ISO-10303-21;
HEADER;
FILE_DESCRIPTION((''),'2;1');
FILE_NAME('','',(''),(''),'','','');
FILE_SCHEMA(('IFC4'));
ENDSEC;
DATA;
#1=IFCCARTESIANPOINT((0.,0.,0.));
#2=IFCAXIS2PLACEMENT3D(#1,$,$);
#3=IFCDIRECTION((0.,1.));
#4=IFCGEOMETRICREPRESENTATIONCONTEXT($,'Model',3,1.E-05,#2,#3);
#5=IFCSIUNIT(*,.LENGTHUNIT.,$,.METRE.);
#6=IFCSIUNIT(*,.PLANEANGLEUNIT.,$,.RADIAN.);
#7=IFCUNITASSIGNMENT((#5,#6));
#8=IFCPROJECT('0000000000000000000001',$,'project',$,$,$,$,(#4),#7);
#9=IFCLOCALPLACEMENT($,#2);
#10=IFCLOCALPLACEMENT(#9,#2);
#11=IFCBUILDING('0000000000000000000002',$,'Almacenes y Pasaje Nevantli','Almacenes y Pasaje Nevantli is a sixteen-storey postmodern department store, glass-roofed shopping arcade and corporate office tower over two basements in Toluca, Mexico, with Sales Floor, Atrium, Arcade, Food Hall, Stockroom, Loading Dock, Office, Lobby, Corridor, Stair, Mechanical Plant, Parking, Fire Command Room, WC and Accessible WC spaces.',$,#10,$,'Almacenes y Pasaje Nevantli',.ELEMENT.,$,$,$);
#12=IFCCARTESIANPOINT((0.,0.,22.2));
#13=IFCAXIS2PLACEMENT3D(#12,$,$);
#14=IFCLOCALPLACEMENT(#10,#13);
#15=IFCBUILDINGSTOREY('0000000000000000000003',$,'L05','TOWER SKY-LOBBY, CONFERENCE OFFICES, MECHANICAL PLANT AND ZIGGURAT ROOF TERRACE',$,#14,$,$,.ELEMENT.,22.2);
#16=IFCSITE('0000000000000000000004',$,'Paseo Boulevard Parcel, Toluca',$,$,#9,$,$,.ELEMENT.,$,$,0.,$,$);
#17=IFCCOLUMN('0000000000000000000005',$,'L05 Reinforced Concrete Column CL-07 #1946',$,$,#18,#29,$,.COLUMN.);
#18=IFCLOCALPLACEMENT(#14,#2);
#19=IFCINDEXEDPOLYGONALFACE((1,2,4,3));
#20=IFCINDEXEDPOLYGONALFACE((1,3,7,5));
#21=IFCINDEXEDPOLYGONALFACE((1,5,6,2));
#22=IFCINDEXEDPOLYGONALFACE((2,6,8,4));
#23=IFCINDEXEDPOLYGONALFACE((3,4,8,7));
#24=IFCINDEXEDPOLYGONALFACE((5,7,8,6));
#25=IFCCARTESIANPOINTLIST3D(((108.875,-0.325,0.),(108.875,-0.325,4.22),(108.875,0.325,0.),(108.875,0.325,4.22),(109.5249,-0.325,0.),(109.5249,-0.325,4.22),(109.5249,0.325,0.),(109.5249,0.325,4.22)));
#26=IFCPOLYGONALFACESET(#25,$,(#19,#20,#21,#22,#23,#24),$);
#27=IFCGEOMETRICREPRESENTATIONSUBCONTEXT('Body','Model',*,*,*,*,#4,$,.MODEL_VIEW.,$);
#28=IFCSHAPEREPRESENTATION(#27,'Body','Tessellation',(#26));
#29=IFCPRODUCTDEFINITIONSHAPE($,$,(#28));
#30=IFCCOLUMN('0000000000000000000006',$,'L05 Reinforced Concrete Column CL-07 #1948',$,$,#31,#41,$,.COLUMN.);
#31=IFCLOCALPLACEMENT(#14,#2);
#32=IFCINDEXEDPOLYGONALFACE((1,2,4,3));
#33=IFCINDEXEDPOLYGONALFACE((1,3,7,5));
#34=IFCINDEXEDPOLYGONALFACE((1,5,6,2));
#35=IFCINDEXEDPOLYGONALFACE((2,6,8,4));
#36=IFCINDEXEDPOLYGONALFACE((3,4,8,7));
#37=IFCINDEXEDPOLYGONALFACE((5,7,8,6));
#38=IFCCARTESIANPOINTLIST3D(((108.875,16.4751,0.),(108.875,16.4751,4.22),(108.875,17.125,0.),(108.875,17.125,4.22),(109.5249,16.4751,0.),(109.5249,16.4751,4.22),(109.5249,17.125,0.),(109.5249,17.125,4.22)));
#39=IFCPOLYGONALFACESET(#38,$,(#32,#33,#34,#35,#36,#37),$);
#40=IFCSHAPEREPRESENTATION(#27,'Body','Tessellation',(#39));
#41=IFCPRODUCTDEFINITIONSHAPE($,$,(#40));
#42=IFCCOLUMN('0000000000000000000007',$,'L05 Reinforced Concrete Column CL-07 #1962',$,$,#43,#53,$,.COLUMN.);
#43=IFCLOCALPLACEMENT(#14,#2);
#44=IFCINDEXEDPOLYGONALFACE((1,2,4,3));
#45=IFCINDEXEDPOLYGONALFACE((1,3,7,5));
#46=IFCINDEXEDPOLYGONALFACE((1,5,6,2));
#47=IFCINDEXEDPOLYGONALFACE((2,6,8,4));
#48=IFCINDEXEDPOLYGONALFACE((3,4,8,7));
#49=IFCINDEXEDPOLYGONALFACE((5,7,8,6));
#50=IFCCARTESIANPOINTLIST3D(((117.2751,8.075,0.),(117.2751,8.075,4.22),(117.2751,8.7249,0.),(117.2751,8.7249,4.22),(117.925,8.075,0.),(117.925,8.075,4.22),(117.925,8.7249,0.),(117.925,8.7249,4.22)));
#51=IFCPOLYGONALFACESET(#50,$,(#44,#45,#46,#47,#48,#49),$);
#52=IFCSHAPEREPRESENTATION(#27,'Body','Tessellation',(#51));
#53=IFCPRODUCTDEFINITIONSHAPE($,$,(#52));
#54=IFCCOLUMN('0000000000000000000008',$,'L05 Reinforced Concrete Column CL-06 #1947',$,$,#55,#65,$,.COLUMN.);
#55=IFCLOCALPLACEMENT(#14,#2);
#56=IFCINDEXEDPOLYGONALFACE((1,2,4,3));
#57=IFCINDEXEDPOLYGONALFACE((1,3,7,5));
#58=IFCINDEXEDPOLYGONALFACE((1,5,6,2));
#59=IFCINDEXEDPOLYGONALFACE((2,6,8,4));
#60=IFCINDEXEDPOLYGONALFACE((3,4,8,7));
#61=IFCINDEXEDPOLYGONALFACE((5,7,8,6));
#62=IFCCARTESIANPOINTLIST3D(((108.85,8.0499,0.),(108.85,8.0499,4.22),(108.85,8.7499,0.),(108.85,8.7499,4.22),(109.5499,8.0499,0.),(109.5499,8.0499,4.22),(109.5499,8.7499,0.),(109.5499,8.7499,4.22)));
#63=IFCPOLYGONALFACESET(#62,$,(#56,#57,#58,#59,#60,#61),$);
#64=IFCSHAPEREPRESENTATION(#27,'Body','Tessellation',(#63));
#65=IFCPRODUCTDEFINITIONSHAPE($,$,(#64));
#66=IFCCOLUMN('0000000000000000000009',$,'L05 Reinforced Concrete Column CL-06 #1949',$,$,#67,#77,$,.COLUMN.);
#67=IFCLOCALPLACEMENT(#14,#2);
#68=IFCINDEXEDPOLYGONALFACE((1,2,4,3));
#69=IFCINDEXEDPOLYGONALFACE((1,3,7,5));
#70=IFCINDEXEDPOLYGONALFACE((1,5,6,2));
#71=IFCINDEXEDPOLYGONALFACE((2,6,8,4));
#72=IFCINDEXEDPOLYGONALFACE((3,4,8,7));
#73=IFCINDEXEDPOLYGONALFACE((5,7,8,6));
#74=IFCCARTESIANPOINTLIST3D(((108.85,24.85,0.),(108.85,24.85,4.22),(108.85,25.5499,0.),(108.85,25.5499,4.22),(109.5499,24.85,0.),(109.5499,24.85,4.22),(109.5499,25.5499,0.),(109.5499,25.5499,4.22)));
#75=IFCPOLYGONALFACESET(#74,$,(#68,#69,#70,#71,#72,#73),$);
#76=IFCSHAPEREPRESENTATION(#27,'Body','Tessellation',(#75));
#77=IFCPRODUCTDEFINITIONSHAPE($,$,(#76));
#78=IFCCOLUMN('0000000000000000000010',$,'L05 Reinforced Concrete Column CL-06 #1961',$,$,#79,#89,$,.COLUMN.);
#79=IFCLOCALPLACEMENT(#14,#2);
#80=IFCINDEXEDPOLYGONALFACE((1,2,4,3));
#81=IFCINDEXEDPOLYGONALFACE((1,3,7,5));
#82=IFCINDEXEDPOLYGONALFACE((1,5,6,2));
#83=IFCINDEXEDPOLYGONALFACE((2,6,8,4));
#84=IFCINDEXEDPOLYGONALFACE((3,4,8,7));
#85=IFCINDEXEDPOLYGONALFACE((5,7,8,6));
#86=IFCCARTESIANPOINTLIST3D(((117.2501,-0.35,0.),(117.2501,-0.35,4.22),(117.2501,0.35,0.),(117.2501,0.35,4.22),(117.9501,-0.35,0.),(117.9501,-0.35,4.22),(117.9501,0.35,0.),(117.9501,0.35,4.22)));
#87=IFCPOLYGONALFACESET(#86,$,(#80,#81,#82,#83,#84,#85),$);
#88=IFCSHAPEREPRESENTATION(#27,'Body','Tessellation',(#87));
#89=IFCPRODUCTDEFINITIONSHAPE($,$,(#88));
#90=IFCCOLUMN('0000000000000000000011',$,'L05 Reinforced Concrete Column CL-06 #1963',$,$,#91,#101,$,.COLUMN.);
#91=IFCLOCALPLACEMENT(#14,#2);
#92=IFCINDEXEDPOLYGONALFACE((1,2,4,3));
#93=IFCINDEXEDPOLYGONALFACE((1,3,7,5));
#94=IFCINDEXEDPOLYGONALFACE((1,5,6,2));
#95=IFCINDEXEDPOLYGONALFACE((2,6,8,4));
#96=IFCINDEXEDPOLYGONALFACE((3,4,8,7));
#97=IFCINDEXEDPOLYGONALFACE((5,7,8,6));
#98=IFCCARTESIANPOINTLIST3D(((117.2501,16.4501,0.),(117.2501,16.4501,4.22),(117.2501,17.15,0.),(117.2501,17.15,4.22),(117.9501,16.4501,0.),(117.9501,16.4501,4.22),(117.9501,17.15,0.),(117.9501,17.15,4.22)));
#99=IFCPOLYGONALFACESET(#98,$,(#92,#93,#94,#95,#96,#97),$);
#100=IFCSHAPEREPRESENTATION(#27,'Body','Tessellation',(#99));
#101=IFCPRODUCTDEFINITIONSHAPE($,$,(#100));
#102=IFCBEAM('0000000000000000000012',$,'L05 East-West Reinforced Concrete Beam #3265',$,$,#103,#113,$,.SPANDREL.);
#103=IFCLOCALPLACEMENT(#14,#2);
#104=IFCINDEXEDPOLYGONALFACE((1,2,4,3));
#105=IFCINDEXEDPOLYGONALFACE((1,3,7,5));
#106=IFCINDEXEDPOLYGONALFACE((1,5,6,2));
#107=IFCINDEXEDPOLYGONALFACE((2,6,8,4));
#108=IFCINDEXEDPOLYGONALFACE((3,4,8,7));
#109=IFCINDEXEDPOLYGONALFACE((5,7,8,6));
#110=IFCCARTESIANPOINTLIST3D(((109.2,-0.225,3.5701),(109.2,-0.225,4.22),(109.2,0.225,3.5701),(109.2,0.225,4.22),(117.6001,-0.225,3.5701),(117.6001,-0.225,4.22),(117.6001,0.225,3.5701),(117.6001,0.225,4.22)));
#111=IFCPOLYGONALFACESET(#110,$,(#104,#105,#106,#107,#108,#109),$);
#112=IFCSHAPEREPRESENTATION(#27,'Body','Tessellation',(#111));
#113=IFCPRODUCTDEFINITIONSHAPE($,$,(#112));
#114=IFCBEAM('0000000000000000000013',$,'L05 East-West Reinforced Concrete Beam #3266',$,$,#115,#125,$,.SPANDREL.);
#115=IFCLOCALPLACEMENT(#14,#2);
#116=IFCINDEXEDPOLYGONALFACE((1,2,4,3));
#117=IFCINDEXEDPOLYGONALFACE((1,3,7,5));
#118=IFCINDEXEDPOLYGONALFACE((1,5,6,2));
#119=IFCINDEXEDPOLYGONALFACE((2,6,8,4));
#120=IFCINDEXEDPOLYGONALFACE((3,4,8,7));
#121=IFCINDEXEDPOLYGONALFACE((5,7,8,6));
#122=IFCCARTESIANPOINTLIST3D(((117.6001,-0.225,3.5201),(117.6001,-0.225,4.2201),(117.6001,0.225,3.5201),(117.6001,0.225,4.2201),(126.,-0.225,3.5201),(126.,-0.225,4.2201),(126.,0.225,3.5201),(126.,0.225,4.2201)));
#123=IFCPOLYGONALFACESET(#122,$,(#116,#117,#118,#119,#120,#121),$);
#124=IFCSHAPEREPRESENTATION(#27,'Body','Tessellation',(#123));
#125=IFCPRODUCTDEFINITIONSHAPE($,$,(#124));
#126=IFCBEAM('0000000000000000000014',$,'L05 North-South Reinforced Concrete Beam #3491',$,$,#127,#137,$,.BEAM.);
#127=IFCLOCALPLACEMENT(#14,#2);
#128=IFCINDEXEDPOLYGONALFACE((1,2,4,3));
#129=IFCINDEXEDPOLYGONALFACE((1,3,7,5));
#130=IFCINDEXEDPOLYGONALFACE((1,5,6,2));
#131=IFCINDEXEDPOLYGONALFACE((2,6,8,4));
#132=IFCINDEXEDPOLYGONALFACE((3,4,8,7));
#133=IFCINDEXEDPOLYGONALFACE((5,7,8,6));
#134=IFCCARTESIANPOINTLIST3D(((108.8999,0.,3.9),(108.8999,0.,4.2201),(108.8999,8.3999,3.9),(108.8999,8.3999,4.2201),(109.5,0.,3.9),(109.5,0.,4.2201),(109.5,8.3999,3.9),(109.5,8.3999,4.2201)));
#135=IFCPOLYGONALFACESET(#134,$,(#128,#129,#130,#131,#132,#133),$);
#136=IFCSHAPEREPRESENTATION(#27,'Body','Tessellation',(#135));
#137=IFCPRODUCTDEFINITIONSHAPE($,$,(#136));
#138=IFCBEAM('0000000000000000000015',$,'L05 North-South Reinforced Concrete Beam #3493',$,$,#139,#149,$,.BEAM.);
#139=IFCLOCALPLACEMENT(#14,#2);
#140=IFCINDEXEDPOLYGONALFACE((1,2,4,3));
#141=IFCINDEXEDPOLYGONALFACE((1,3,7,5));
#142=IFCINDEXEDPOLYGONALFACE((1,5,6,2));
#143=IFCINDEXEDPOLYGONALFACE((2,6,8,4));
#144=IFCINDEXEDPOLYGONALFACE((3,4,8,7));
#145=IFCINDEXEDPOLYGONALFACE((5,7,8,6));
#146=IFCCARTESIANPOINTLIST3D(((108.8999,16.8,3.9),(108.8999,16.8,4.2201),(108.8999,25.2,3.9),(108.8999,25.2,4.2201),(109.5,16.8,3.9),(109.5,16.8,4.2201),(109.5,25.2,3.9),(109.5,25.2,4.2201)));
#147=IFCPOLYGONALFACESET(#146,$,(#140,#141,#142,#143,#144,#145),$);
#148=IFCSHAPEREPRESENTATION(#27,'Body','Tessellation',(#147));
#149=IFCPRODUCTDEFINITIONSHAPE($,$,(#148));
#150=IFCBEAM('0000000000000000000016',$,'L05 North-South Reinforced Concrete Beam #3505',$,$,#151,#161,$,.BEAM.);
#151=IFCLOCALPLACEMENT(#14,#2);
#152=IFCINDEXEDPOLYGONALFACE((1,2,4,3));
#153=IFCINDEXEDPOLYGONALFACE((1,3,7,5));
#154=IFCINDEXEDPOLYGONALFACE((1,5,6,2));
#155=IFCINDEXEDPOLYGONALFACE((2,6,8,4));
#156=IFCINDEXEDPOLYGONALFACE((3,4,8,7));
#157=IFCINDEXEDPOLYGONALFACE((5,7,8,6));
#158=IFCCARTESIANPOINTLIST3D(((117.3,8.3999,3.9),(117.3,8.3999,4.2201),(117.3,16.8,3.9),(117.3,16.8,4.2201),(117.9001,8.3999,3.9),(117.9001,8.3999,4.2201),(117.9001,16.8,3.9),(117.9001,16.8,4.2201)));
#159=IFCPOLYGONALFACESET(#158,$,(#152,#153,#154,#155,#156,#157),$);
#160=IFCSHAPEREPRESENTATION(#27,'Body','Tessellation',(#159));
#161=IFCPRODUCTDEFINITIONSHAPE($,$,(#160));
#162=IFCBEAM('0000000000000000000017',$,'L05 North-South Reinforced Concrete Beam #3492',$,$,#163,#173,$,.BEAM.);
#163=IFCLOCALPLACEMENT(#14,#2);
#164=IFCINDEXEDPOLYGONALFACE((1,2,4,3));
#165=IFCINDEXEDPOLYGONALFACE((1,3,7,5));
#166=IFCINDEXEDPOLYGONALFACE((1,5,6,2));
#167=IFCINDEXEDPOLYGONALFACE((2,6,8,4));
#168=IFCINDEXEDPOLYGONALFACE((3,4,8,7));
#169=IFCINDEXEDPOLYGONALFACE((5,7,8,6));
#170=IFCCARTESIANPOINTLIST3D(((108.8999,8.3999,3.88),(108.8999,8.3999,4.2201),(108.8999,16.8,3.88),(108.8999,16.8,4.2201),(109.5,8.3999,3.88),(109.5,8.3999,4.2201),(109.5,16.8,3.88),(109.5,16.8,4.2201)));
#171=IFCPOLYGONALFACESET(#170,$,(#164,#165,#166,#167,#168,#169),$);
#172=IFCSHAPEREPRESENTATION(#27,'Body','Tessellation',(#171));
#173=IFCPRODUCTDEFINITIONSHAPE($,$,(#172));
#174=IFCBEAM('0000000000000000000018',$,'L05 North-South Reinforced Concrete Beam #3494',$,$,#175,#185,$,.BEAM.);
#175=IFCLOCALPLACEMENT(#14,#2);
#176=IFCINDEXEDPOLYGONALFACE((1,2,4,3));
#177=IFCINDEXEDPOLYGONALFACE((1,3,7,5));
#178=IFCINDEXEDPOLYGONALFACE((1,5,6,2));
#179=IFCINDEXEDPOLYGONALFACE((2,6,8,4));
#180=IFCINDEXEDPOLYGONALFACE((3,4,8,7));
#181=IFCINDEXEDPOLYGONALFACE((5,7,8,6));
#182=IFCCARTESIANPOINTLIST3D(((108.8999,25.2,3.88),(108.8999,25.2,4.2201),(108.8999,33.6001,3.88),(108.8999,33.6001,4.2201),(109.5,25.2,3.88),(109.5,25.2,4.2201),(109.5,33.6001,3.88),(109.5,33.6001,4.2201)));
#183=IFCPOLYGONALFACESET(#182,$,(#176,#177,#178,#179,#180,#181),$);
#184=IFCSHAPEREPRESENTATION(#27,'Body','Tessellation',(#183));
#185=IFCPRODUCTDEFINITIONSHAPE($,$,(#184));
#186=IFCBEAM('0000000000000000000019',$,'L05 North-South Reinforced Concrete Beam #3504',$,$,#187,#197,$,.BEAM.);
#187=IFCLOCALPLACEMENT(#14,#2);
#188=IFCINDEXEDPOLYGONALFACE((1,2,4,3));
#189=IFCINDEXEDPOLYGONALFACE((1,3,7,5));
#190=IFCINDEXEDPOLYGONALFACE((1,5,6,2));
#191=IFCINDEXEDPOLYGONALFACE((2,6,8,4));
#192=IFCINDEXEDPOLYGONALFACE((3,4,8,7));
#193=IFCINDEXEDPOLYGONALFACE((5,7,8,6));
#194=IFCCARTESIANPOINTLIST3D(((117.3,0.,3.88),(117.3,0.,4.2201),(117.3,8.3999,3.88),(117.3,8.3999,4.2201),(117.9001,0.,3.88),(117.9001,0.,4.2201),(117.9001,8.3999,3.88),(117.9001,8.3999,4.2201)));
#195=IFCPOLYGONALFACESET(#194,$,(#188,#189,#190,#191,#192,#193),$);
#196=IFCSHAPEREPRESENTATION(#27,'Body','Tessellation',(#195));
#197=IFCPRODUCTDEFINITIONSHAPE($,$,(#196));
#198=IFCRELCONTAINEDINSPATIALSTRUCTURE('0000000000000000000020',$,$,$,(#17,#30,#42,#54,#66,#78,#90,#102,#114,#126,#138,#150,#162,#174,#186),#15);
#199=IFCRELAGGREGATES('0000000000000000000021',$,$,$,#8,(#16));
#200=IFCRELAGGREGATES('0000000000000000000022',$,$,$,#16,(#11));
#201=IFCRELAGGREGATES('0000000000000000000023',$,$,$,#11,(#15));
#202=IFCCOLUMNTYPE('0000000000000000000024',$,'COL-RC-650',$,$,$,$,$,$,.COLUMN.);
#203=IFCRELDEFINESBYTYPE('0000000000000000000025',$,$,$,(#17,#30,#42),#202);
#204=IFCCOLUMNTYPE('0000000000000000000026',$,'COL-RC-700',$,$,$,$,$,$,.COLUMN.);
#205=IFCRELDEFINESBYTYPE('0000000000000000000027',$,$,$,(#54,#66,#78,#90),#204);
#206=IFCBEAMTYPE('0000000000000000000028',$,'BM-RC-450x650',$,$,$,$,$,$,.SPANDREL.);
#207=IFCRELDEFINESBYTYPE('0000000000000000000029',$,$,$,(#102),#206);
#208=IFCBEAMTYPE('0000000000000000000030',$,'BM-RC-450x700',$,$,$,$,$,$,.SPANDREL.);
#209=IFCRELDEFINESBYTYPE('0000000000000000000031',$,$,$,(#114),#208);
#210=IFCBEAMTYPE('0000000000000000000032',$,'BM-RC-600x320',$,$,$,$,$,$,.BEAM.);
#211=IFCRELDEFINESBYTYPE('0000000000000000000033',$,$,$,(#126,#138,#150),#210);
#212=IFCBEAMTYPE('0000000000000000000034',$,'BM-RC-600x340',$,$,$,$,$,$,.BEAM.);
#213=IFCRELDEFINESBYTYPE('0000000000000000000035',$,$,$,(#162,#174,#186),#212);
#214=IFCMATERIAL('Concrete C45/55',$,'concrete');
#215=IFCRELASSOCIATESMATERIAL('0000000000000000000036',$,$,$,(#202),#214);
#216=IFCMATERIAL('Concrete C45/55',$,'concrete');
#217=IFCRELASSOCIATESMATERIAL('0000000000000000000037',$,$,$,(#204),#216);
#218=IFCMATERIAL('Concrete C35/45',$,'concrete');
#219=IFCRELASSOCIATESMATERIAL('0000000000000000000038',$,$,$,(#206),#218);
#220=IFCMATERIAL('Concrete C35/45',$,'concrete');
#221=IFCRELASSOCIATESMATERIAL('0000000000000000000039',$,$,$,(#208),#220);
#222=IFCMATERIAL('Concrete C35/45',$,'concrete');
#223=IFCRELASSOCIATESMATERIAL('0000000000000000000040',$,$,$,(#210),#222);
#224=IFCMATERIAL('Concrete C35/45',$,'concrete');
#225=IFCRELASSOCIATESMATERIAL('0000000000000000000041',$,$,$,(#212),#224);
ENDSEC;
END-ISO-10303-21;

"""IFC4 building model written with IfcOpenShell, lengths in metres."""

from ifc_helpers import new_model, si_unit, direction, frame, origin, origin_2d, place, context, subcontext, project, spatial, rectangle, extrude, material, material_profile, profile_set, type_object, element, save


model = new_model("IFC4")

# Units and contexts
model_context = context("Model", 3, precision=1e-05, world=origin(), true_north=direction((0.0, 1.0)))
body_context = subcontext(model_context, "Body", "Model", "MODEL_VIEW")
ifc_project = project(units=[si_unit("LENGTHUNIT", "METRE"), si_unit("PLANEANGLEUNIT", "RADIAN")], contexts=[model_context])

# Site, building, storey
site_placement = place(None, origin())
site = spatial("IfcSite", under=ifc_project, at=site_placement, Name="Paseo Boulevard Parcel, Toluca", CompositionType="ELEMENT", RefElevation=0.0)
building_placement = place(site_placement, origin())
building = spatial("IfcBuilding", under=site, at=building_placement, Name="Almacenes y Pasaje Nevantli", Description="Almacenes y Pasaje Nevantli is a sixteen-storey postmodern department store, glass-roofed shopping arcade and corporate office tower over two basements in Toluca, Mexico, with Sales Floor, Atrium, Arcade, Food Hall, Stockroom, Loading Dock, Office, Lobby, Corridor, Stair, Mechanical Plant, Parking, Fire Command Room, WC and Accessible WC spaces.", LongName="Almacenes y Pasaje Nevantli", CompositionType="ELEMENT")
storey_placement = place(building_placement, frame((0.0, 0.0, 22.2)))
storey = spatial("IfcBuildingStorey", under=building, at=storey_placement, Name="L05", Description="TOWER SKY-LOBBY, CONFERENCE OFFICES, MECHANICAL PLANT AND ZIGGURAT ROOF TERRACE", CompositionType="ELEMENT", Elevation=22.2)

# Columns
ifc_material_1 = material(Name="Concrete C45/55", Category="concrete")
ifc_material_profile_1 = material_profile(ifc_material_1, rectangle(XDim=0.6499, YDim=0.6499, at=origin_2d()), Name="RC-COL-650x650")
ifc_profile_set_1 = profile_set([ifc_material_profile_1], Name="Concrete C45/55")
column_type_1 = type_object("IfcColumnType", Name="COL-RC-650", PredefinedType="COLUMN", material=ifc_profile_set_1)
for number, where, z_axis, x_axis, name in (
    (1, (109.2, 0.0, 0.0), (0.0, 0.0, 1.0), (1.0, 0.0, 0.0), "L05 Reinforced Concrete Column CL-07 #1946"),
    (2, (109.2, 16.8, 0.0), (0.0, 0.0, 1.0), (1.0, 0.0, 0.0), "L05 Reinforced Concrete Column CL-07 #1948"),
    (3, (117.6001, 8.3999, 0.0), (0.0, 0.0, 1.0), (1.0, 0.0, 0.0), "L05 Reinforced Concrete Column CL-07 #1962"),
):
    element("IfcColumn", number, at=place(storey_placement, frame(where, z_axis=z_axis, x_axis=x_axis)), inside=storey, type_object=column_type_1, Name=name, PredefinedType="COLUMN", context=body_context, shape_type="SweptSolid", body=[
        extrude(rectangle(XDim=0.6499, YDim=0.6499, at=origin_2d()), origin(), (0.0, 0.0, 1.0), 4.22),
    ])
ifc_material_2 = material(Name="Concrete C45/55", Category="concrete")
ifc_material_profile_2 = material_profile(ifc_material_2, rectangle(XDim=0.7, YDim=0.7, at=origin_2d()), Name="RC-COL-700x700")
ifc_profile_set_2 = profile_set([ifc_material_profile_2], Name="Concrete C45/55")
column_type_2 = type_object("IfcColumnType", Name="COL-RC-700", PredefinedType="COLUMN", material=ifc_profile_set_2)
for number, where, z_axis, x_axis, name in (
    (4, (109.2, 8.3999, 0.0), (0.0, 0.0, 1.0), (1.0, 0.0, 0.0), "L05 Reinforced Concrete Column CL-06 #1947"),
    (5, (109.2, 25.2, 0.0), (0.0, 0.0, 1.0), (1.0, 0.0, 0.0), "L05 Reinforced Concrete Column CL-06 #1949"),
    (6, (117.6001, 0.0, 0.0), (0.0, 0.0, 1.0), (1.0, 0.0, 0.0), "L05 Reinforced Concrete Column CL-06 #1961"),
    (7, (117.6001, 16.8, 0.0), (0.0, 0.0, 1.0), (1.0, 0.0, 0.0), "L05 Reinforced Concrete Column CL-06 #1963"),
):
    element("IfcColumn", number, at=place(storey_placement, frame(where, z_axis=z_axis, x_axis=x_axis)), inside=storey, type_object=column_type_2, Name=name, PredefinedType="COLUMN", context=body_context, shape_type="SweptSolid", body=[
        extrude(rectangle(XDim=0.7, YDim=0.7, at=origin_2d()), origin(), (0.0, 0.0, 1.0), 4.22),
    ])

# Beams
ifc_material_3 = material(Name="Concrete C35/45", Category="concrete")
ifc_material_profile_3 = material_profile(ifc_material_3, rectangle(XDim=0.45, YDim=0.6499, at=origin_2d()), Name="RC-BM-450x650")
ifc_profile_set_3 = profile_set([ifc_material_profile_3], Name="Concrete C35/45")
beam_type_1 = type_object("IfcBeamType", Name="BM-RC-450x650", PredefinedType="SPANDREL", material=ifc_profile_set_3)
beam_1_placement = place(storey_placement, frame((109.2, 0.0, 3.895), z_axis=(1.0, 0.0, 0.0), x_axis=(0.0, 1.0, 0.0)))
element("IfcBeam", 8, at=beam_1_placement, inside=storey, type_object=beam_type_1, Name="L05 East-West Reinforced Concrete Beam #3265", PredefinedType="SPANDREL", context=body_context, shape_type="SweptSolid", body=[
    extrude(rectangle(XDim=0.45, YDim=0.6499, at=origin_2d()), origin(), (0.0, 0.0, 1.0), 8.4001),
])
ifc_material_4 = material(Name="Concrete C35/45", Category="concrete")
ifc_material_profile_4 = material_profile(ifc_material_4, rectangle(XDim=0.45, YDim=0.7, at=origin_2d()), Name="RC-BM-450x700")
ifc_profile_set_4 = profile_set([ifc_material_profile_4], Name="Concrete C35/45")
beam_type_2 = type_object("IfcBeamType", Name="BM-RC-450x700", PredefinedType="SPANDREL", material=ifc_profile_set_4)
beam_2_placement = place(storey_placement, frame((117.6001, 0.0, 3.8701), z_axis=(1.0, 0.0, 0.0), x_axis=(0.0, 1.0, 0.0)))
element("IfcBeam", 9, at=beam_2_placement, inside=storey, type_object=beam_type_2, Name="L05 East-West Reinforced Concrete Beam #3266", PredefinedType="SPANDREL", context=body_context, shape_type="SweptSolid", body=[
    extrude(rectangle(XDim=0.45, YDim=0.7, at=origin_2d()), origin(), (0.0, 0.0, 1.0), 8.3999),
])
ifc_material_5 = material(Name="Concrete C35/45", Category="concrete")
ifc_material_profile_5 = material_profile(ifc_material_5, rectangle(XDim=0.6001, YDim=0.3201, at=origin_2d()), Name="RC-BM-600x320")
ifc_profile_set_5 = profile_set([ifc_material_profile_5], Name="Concrete C35/45")
beam_type_3 = type_object("IfcBeamType", Name="BM-RC-600x320", PredefinedType="BEAM", material=ifc_profile_set_5)
for number, where, z_axis, x_axis, name in (
    (10, (109.2, 0.0, 4.0601), (0.0, 1.0, 0.0), (-1.0, 0.0, 0.0), "L05 North-South Reinforced Concrete Beam #3491"),
    (11, (109.2, 16.8, 4.0601), (0.0, 1.0, 0.0), (-1.0, 0.0, 0.0), "L05 North-South Reinforced Concrete Beam #3493"),
):
    element("IfcBeam", number, at=place(storey_placement, frame(where, z_axis=z_axis, x_axis=x_axis)), inside=storey, type_object=beam_type_3, Name=name, PredefinedType="BEAM", context=body_context, shape_type="SweptSolid", body=[
        extrude(rectangle(XDim=0.6001, YDim=0.3201, at=origin_2d()), origin(), (0.0, 0.0, 1.0), 8.3999),
    ])
beam_3_placement = place(storey_placement, frame((117.6001, 8.3999, 4.0601), z_axis=(0.0, 1.0, 0.0), x_axis=(-1.0, 0.0, 0.0)))
element("IfcBeam", 12, at=beam_3_placement, inside=storey, type_object=beam_type_3, Name="L05 North-South Reinforced Concrete Beam #3505", PredefinedType="BEAM", context=body_context, shape_type="SweptSolid", body=[
    extrude(rectangle(XDim=0.6001, YDim=0.3201, at=origin_2d()), origin(), (0.0, 0.0, 1.0), 8.4001),
])
ifc_material_6 = material(Name="Concrete C35/45", Category="concrete")
ifc_material_profile_6 = material_profile(ifc_material_6, rectangle(XDim=0.6001, YDim=0.3401, at=origin_2d()), Name="RC-BM-600x340")
ifc_profile_set_6 = profile_set([ifc_material_profile_6], Name="Concrete C35/45")
beam_type_4 = type_object("IfcBeamType", Name="BM-RC-600x340", PredefinedType="BEAM", material=ifc_profile_set_6)
for number, where, z_axis, x_axis, name in (
    (13, (109.2, 8.3999, 4.05), (0.0, 1.0, 0.0), (-1.0, 0.0, 0.0), "L05 North-South Reinforced Concrete Beam #3492"),
    (14, (109.2, 25.2, 4.05), (0.0, 1.0, 0.0), (-1.0, 0.0, 0.0), "L05 North-South Reinforced Concrete Beam #3494"),
):
    element("IfcBeam", number, at=place(storey_placement, frame(where, z_axis=z_axis, x_axis=x_axis)), inside=storey, type_object=beam_type_4, Name=name, PredefinedType="BEAM", context=body_context, shape_type="SweptSolid", body=[
        extrude(rectangle(XDim=0.6001, YDim=0.3401, at=origin_2d()), origin(), (0.0, 0.0, 1.0), 8.4001),
    ])
beam_4_placement = place(storey_placement, frame((117.6001, 0.0, 4.05), z_axis=(0.0, 1.0, 0.0), x_axis=(-1.0, 0.0, 0.0)))
element("IfcBeam", 15, at=beam_4_placement, inside=storey, type_object=beam_type_4, Name="L05 North-South Reinforced Concrete Beam #3504", PredefinedType="BEAM", context=body_context, shape_type="SweptSolid", body=[
    extrude(rectangle(XDim=0.6001, YDim=0.3401, at=origin_2d()), origin(), (0.0, 0.0, 1.0), 8.3999),
])

save(model, "model.ifc")
